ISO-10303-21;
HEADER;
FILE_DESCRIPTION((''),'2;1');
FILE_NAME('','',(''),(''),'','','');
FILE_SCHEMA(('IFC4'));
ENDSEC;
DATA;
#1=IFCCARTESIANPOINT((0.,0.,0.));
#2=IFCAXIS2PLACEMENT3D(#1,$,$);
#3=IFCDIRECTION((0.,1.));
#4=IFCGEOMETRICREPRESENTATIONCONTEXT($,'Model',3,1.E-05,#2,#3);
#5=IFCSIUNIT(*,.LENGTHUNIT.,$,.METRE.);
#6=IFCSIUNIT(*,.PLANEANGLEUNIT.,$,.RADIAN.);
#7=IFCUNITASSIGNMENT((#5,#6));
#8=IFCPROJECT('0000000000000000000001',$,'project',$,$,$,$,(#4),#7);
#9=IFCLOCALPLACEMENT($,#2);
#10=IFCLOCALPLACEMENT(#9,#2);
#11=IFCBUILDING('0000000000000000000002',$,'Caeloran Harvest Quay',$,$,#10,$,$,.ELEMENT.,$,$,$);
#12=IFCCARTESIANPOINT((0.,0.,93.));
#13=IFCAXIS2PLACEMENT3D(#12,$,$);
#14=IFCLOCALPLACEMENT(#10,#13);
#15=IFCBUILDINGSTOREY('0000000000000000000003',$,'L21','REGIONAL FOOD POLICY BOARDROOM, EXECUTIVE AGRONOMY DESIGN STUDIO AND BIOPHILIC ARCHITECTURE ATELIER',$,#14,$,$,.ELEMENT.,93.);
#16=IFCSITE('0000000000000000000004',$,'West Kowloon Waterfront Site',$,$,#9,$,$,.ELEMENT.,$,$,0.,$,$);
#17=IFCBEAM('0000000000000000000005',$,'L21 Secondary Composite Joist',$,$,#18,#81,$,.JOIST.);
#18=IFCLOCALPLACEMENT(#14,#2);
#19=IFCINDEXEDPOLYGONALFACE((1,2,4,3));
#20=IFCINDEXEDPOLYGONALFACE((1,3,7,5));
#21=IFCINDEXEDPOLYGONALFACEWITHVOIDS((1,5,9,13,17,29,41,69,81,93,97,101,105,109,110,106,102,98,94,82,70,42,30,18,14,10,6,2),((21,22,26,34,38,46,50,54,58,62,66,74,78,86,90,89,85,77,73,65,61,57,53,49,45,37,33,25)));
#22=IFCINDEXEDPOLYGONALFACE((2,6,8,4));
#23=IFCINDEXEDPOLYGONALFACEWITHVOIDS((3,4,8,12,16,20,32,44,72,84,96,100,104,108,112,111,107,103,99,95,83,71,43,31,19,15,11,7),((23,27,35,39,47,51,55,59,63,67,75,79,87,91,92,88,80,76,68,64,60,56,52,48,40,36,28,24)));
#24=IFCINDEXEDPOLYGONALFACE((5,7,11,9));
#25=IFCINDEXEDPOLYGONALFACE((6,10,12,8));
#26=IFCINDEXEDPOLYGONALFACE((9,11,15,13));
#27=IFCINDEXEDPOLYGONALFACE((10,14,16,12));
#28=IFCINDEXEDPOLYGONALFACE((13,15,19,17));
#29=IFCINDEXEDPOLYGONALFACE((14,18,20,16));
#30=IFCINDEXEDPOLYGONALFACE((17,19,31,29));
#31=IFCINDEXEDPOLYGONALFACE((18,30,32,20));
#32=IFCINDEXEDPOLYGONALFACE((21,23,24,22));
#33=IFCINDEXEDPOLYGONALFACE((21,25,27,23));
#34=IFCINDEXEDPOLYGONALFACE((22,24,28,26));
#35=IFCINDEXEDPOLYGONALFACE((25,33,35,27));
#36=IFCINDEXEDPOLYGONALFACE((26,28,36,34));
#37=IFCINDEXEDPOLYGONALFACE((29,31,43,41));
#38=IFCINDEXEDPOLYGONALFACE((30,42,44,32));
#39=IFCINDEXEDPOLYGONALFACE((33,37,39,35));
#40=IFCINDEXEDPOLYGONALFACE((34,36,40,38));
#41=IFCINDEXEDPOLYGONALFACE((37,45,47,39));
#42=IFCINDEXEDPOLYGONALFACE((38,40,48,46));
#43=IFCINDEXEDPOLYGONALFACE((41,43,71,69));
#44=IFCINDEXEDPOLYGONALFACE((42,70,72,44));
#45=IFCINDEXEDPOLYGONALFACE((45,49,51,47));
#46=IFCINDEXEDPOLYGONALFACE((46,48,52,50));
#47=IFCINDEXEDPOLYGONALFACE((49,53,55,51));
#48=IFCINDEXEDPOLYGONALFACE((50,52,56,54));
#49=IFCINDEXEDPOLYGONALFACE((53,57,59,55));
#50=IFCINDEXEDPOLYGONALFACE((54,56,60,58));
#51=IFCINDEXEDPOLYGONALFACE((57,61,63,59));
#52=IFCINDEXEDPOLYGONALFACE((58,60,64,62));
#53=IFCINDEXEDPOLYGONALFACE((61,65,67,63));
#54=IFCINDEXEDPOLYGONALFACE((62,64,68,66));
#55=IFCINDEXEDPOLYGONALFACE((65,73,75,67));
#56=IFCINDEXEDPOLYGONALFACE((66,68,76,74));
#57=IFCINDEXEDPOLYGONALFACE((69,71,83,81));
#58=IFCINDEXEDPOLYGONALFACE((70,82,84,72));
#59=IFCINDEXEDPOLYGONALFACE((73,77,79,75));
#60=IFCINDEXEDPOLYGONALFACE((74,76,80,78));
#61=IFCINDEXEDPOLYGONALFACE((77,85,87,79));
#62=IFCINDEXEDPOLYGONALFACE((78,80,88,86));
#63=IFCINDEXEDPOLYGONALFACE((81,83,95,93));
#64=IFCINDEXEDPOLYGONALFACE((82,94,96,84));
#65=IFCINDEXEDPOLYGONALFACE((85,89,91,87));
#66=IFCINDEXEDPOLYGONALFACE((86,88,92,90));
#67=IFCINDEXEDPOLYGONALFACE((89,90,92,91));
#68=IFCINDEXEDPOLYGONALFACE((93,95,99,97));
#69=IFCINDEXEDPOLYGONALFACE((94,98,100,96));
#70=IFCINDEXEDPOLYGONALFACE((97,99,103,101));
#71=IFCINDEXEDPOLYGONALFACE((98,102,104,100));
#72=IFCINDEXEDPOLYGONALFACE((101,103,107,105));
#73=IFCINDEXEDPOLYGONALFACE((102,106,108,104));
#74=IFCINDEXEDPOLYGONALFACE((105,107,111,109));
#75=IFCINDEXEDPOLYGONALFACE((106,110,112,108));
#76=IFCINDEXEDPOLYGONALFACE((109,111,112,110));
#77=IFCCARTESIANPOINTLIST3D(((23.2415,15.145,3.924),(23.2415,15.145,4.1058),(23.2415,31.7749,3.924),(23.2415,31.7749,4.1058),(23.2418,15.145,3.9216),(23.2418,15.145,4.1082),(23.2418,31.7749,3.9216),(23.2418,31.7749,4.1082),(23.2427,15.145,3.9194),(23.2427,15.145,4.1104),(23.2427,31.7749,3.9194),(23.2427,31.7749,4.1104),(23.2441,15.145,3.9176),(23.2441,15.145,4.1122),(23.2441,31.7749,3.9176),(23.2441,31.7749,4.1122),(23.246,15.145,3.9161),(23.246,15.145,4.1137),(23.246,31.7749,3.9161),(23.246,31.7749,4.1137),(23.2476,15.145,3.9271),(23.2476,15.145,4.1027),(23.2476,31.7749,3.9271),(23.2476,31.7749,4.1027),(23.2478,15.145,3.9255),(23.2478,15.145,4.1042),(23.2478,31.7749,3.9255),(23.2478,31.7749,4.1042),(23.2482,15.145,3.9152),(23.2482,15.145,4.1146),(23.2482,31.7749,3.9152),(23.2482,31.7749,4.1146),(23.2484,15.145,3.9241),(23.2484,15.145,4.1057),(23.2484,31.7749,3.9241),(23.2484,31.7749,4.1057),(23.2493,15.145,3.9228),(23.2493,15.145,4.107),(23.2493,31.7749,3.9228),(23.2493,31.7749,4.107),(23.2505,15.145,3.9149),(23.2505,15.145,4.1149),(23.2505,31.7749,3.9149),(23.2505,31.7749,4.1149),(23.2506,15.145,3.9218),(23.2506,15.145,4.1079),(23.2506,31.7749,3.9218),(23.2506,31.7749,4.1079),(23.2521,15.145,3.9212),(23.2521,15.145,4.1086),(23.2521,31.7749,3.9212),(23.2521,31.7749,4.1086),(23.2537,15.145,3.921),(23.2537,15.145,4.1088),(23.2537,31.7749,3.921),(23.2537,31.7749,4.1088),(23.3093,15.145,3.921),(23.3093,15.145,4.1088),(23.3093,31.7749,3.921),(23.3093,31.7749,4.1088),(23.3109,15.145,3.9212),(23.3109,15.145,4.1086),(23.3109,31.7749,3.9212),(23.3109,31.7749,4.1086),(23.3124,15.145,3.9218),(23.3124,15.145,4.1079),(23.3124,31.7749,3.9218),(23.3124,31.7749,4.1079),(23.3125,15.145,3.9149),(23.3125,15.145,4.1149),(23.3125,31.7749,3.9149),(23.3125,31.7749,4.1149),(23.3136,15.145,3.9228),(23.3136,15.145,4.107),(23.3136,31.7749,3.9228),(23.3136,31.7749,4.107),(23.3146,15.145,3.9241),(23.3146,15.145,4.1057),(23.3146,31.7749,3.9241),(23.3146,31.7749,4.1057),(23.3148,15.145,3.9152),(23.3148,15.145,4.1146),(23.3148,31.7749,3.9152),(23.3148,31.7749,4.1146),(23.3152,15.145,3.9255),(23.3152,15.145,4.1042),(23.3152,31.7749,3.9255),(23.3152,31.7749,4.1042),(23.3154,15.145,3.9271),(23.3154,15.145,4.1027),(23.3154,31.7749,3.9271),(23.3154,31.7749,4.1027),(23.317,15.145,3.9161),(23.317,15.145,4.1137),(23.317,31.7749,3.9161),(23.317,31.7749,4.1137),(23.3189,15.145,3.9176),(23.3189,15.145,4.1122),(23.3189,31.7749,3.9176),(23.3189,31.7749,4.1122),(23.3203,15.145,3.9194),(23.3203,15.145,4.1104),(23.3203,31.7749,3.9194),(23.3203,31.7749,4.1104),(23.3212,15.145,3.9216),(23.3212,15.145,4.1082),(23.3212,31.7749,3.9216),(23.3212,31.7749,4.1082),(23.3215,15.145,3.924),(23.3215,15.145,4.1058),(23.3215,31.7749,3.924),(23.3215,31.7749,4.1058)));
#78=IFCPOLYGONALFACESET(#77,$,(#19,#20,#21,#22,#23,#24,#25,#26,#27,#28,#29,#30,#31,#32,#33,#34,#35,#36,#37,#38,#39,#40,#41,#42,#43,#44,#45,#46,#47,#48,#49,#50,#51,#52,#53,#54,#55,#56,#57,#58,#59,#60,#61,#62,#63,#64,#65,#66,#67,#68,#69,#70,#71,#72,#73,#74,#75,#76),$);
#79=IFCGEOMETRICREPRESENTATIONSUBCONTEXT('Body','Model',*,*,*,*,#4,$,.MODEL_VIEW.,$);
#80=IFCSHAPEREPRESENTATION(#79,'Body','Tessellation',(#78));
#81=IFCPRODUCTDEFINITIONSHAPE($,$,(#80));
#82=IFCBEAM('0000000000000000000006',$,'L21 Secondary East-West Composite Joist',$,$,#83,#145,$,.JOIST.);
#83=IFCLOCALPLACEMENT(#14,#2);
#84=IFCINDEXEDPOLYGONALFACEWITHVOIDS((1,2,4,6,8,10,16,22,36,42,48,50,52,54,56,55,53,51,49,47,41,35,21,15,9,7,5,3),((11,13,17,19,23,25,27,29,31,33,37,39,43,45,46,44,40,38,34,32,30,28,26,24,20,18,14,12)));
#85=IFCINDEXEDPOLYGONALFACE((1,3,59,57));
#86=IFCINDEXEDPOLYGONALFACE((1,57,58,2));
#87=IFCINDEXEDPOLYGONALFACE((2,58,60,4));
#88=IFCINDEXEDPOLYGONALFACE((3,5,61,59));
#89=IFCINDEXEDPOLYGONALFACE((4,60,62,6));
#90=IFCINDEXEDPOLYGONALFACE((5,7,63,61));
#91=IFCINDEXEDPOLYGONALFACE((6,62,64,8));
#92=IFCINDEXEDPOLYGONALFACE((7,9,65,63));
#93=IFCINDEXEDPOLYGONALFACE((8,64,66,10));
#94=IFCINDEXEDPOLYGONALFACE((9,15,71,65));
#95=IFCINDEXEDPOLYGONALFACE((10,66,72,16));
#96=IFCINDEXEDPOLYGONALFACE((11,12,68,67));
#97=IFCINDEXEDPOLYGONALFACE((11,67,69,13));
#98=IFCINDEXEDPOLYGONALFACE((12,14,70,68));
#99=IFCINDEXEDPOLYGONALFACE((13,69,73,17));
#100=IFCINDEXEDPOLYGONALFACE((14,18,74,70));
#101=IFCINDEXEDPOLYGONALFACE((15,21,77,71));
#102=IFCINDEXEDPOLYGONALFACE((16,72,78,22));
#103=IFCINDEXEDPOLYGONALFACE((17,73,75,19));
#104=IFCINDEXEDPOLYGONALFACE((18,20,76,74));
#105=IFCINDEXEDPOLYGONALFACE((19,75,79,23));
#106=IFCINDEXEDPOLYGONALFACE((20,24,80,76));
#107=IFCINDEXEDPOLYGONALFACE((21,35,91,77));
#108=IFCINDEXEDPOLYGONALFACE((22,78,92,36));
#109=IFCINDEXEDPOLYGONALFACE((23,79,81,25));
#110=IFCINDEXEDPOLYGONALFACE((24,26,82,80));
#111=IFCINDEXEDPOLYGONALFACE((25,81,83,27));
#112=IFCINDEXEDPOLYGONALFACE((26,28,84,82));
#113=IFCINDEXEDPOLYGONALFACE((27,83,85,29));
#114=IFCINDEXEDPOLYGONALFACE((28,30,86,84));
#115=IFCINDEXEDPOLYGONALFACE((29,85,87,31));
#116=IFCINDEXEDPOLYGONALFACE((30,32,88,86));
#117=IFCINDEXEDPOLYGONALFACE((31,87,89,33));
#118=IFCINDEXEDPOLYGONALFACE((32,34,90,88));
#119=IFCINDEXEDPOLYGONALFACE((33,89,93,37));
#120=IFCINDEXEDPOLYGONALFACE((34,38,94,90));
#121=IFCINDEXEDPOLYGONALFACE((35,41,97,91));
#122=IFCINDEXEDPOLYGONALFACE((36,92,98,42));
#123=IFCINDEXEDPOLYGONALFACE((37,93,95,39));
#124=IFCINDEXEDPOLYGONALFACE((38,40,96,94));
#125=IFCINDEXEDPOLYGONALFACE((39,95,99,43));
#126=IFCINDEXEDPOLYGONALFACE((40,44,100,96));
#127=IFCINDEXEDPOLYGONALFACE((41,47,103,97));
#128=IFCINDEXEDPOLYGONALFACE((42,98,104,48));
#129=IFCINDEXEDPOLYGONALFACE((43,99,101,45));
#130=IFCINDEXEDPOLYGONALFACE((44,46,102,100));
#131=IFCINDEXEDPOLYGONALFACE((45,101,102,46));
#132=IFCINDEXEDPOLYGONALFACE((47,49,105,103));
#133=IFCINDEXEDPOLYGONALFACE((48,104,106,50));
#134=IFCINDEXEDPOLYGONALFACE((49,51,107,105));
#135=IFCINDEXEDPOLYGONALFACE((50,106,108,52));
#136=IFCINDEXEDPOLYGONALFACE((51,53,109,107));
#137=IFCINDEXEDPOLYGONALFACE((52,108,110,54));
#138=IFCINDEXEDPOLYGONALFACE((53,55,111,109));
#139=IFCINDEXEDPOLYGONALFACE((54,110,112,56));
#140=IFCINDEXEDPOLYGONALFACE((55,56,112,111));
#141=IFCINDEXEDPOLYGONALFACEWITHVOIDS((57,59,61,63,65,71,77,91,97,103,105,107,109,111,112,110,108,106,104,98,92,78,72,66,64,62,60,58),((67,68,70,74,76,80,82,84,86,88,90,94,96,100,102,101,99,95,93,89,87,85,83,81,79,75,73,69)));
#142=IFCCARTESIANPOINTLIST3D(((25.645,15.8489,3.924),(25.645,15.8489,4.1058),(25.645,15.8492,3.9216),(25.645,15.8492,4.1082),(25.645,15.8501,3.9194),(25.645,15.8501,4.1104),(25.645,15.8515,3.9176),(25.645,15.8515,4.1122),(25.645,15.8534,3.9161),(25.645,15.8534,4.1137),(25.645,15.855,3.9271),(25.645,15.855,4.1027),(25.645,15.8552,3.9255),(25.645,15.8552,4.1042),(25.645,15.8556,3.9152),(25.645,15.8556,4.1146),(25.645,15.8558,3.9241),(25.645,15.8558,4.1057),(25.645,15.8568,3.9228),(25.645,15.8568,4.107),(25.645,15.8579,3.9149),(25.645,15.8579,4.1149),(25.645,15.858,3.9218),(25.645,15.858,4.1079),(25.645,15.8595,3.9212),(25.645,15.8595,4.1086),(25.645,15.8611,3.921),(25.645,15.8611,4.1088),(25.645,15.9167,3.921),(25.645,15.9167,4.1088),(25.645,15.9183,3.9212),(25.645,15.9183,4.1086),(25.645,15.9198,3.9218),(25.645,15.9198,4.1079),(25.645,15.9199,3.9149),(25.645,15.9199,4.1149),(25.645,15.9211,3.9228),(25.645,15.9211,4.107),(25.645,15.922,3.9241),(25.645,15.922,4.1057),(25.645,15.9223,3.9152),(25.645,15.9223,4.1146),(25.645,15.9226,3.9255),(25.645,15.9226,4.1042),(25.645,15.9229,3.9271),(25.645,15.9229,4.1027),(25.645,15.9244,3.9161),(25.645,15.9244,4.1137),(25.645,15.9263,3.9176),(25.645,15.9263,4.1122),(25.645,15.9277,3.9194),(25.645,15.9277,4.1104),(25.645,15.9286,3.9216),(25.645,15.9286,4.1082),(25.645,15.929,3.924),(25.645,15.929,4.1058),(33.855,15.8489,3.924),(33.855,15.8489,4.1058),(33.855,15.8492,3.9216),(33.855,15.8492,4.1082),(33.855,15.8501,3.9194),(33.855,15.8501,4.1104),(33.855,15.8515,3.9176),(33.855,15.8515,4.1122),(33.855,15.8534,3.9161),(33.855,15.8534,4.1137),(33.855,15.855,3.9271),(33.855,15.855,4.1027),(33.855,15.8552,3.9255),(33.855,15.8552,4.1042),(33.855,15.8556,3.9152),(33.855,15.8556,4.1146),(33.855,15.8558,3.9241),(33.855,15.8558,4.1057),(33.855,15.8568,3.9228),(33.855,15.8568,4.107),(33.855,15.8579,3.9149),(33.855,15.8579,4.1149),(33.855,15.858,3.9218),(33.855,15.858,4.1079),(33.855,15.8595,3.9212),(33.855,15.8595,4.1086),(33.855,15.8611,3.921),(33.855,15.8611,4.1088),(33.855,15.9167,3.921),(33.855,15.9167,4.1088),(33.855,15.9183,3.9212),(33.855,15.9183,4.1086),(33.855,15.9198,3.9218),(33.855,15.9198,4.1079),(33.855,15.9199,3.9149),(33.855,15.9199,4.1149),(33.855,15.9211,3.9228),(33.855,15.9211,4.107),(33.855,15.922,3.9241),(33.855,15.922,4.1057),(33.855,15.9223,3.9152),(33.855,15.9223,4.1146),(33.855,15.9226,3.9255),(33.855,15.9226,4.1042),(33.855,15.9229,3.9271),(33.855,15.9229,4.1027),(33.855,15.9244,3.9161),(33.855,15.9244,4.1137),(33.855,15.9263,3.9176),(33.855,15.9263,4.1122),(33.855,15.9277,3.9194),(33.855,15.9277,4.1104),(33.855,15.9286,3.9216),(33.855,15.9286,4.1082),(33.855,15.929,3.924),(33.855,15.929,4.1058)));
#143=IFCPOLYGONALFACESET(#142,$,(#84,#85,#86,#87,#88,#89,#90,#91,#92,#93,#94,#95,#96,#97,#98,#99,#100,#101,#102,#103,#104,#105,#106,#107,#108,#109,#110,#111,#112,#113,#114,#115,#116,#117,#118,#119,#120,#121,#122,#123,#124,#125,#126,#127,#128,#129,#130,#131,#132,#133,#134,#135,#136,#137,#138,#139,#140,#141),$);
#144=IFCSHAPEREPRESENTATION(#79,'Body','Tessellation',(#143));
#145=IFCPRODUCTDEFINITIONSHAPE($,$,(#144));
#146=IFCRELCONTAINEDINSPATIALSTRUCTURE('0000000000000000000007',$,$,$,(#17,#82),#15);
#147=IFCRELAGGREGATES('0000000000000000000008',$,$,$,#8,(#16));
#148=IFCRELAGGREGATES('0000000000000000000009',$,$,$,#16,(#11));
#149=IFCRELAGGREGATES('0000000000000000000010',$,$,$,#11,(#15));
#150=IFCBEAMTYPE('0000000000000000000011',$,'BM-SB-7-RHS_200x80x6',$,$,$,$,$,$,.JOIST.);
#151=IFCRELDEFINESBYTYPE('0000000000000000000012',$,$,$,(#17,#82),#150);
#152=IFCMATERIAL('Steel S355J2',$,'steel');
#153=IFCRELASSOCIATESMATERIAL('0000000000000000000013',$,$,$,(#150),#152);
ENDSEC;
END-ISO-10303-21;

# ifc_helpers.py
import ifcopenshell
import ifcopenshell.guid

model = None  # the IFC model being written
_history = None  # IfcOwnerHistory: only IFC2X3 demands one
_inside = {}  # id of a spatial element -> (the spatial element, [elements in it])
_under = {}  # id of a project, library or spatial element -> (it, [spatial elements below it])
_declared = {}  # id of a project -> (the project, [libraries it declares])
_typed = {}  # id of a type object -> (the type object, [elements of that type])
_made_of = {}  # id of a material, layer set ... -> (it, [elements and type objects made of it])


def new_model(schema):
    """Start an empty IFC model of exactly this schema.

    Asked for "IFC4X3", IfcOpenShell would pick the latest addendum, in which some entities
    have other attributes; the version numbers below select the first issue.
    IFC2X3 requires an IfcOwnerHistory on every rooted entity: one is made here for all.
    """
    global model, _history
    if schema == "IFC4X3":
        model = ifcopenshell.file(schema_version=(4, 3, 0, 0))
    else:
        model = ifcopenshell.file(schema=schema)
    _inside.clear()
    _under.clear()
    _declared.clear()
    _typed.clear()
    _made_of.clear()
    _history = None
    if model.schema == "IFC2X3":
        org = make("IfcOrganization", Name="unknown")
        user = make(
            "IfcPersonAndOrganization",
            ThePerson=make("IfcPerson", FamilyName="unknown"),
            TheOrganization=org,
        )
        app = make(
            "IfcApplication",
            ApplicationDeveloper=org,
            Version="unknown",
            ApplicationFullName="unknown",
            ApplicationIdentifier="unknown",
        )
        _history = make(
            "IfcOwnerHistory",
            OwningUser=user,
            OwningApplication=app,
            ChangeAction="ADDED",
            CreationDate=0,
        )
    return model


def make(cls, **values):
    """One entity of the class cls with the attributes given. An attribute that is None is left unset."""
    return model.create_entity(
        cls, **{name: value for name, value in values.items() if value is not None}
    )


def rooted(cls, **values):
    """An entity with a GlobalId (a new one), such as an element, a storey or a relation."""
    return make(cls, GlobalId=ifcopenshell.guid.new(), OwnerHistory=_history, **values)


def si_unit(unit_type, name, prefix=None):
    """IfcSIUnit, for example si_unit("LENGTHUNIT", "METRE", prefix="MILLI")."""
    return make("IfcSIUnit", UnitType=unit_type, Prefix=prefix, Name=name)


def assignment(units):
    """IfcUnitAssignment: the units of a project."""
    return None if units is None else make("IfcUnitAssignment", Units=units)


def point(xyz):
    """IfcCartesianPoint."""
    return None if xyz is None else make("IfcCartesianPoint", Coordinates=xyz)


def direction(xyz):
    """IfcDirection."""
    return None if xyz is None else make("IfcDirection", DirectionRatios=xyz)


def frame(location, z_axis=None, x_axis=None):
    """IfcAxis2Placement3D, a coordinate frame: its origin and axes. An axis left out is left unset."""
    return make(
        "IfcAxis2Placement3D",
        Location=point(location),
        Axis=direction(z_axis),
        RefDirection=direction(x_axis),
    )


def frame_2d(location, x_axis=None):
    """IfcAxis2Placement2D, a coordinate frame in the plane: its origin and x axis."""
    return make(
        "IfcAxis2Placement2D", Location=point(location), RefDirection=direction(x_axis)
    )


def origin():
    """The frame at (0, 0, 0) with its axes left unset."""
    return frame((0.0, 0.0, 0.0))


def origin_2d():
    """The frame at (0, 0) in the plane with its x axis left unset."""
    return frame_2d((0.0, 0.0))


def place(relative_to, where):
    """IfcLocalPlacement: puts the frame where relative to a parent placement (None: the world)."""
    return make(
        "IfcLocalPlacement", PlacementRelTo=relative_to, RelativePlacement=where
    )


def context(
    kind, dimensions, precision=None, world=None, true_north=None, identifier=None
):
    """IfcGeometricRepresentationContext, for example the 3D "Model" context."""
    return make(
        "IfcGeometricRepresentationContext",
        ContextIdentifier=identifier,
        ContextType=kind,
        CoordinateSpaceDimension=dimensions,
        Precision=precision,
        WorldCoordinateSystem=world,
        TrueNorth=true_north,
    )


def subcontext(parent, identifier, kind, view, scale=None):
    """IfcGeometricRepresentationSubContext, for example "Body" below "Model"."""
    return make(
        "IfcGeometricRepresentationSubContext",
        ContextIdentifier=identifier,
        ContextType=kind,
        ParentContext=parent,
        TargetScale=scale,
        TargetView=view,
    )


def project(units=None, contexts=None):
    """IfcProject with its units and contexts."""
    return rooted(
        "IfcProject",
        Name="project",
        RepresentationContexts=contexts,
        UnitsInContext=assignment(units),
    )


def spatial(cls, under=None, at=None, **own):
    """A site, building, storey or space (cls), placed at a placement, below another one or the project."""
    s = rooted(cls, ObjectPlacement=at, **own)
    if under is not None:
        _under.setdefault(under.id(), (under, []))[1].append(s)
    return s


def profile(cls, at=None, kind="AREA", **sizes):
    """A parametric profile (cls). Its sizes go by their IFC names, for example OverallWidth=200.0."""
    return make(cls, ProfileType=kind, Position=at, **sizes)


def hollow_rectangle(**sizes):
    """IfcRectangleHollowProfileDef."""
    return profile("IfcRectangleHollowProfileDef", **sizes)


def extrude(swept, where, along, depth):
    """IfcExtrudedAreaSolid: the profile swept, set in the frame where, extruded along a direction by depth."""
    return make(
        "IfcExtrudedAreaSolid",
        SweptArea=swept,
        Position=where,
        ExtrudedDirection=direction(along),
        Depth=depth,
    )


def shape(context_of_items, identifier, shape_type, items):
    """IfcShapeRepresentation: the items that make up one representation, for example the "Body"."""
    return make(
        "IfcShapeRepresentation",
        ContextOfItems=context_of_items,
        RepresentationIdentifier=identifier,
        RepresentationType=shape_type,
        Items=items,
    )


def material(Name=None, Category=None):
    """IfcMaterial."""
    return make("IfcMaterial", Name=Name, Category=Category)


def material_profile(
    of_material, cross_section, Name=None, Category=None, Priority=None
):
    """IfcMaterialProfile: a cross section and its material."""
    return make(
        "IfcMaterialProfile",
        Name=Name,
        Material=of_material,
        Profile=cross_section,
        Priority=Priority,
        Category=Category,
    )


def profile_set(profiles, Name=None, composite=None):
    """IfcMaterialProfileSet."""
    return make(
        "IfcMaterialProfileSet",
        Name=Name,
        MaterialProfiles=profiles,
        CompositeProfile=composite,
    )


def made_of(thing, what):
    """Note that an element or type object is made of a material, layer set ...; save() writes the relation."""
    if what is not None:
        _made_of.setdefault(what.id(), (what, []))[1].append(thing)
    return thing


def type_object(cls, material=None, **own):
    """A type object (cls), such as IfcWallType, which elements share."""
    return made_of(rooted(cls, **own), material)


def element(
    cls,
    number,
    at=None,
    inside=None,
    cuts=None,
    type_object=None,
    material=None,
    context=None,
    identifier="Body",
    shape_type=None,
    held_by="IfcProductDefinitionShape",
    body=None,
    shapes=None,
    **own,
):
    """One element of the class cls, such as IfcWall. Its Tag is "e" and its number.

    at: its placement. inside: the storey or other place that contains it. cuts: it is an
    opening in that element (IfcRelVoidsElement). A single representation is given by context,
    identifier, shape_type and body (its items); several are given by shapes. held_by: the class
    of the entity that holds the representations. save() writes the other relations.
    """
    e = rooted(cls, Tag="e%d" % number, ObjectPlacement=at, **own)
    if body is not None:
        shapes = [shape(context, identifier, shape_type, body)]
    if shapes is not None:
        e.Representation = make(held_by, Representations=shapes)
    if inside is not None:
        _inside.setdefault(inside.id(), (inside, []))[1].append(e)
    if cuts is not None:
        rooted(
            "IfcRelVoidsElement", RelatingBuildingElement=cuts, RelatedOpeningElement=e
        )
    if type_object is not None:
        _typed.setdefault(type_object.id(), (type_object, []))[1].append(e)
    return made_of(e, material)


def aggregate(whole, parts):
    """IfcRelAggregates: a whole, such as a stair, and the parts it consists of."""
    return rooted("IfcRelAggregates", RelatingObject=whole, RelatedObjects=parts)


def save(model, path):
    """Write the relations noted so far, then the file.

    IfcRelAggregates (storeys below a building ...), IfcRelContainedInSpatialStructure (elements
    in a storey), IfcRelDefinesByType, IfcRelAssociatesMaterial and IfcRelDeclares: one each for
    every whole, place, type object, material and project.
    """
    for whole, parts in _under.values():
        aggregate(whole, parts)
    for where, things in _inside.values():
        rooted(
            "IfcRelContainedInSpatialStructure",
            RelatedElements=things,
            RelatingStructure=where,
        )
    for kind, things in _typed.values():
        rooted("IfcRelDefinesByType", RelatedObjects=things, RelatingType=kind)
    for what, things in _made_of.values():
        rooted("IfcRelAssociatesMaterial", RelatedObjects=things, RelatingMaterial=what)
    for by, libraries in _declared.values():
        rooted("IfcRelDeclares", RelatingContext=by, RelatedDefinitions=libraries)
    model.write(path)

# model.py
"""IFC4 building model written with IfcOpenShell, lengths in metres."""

from ifc_helpers import new_model, si_unit, direction, frame, origin, origin_2d, place, context, subcontext, project, spatial, hollow_rectangle, extrude, material, material_profile, profile_set, type_object, element, save


model = new_model("IFC4")

# Units and contexts
model_context = context("Model", 3, precision=1e-05, world=origin(), true_north=direction((0.0, 1.0)))
body_context = subcontext(model_context, "Body", "Model", "MODEL_VIEW")
ifc_project = project(units=[si_unit("LENGTHUNIT", "METRE"), si_unit("PLANEANGLEUNIT", "RADIAN")], contexts=[model_context])

# Site, building, storey
site_placement = place(None, origin())
site = spatial("IfcSite", under=ifc_project, at=site_placement, Name="West Kowloon Waterfront Site", CompositionType="ELEMENT", RefElevation=0.0)
building_placement = place(site_placement, origin())
building = spatial("IfcBuilding", under=site, at=building_placement, Name="Caeloran Harvest Quay", CompositionType="ELEMENT")
storey_placement = place(building_placement, frame((0.0, 0.0, 93.0)))
storey = spatial("IfcBuildingStorey", under=building, at=storey_placement, Name="L21", Description="REGIONAL FOOD POLICY BOARDROOM, EXECUTIVE AGRONOMY DESIGN STUDIO AND BIOPHILIC ARCHITECTURE ATELIER", CompositionType="ELEMENT", Elevation=93.0)

# Beams
ifc_material_1 = material(Name="Steel S355J2", Category="steel")
ifc_material_profile_1 = material_profile(ifc_material_1, hollow_rectangle(XDim=0.0801, YDim=0.2, WallThickness=0.0061, InnerFilletRadius=0.0061, OuterFilletRadius=0.009, at=origin_2d()), Name="RHS 200x80x6")
ifc_profile_set_1 = profile_set([ifc_material_profile_1], Name="Steel S355J2")
beam_type_1 = type_object("IfcBeamType", Name="BM-SB-7-RHS_200x80x6", PredefinedType="JOIST", material=ifc_profile_set_1)
beam_1_placement = place(storey_placement, frame((23.2815, 15.145, 4.0149), z_axis=(0.0, 1.0, 0.0), x_axis=(-1.0, 0.0, 0.0)))
element("IfcBeam", 1, at=beam_1_placement, inside=storey, type_object=beam_type_1, Name="L21 Secondary Composite Joist", PredefinedType="JOIST", context=body_context, shape_type="SweptSolid", body=[
    extrude(hollow_rectangle(XDim=0.0801, YDim=0.2, WallThickness=0.0061, InnerFilletRadius=0.0061, OuterFilletRadius=0.009, at=origin_2d()), origin(), (0.0, 0.0, 1.0), 16.6299),
])
for number, where, z_axis, x_axis, name in (
    (2, (25.645, 15.8889, 4.0149), (1.0, 0.0, 0.0), (0.0, 1.0, 0.0), "L21 Secondary East-West Composite Joist"),
):
    element("IfcBeam", number, at=place(storey_placement, frame(where, z_axis=z_axis, x_axis=x_axis)), inside=storey, type_object=beam_type_1, Name=name, PredefinedType="JOIST", context=body_context, shape_type="SweptSolid", body=[
        extrude(hollow_rectangle(XDim=0.0801, YDim=0.2, WallThickness=0.0061, InnerFilletRadius=0.0061, OuterFilletRadius=0.009, at=origin_2d()), origin(), (0.0, 0.0, 1.0), 8.21),
    ])

save(model, "model.ifc")
